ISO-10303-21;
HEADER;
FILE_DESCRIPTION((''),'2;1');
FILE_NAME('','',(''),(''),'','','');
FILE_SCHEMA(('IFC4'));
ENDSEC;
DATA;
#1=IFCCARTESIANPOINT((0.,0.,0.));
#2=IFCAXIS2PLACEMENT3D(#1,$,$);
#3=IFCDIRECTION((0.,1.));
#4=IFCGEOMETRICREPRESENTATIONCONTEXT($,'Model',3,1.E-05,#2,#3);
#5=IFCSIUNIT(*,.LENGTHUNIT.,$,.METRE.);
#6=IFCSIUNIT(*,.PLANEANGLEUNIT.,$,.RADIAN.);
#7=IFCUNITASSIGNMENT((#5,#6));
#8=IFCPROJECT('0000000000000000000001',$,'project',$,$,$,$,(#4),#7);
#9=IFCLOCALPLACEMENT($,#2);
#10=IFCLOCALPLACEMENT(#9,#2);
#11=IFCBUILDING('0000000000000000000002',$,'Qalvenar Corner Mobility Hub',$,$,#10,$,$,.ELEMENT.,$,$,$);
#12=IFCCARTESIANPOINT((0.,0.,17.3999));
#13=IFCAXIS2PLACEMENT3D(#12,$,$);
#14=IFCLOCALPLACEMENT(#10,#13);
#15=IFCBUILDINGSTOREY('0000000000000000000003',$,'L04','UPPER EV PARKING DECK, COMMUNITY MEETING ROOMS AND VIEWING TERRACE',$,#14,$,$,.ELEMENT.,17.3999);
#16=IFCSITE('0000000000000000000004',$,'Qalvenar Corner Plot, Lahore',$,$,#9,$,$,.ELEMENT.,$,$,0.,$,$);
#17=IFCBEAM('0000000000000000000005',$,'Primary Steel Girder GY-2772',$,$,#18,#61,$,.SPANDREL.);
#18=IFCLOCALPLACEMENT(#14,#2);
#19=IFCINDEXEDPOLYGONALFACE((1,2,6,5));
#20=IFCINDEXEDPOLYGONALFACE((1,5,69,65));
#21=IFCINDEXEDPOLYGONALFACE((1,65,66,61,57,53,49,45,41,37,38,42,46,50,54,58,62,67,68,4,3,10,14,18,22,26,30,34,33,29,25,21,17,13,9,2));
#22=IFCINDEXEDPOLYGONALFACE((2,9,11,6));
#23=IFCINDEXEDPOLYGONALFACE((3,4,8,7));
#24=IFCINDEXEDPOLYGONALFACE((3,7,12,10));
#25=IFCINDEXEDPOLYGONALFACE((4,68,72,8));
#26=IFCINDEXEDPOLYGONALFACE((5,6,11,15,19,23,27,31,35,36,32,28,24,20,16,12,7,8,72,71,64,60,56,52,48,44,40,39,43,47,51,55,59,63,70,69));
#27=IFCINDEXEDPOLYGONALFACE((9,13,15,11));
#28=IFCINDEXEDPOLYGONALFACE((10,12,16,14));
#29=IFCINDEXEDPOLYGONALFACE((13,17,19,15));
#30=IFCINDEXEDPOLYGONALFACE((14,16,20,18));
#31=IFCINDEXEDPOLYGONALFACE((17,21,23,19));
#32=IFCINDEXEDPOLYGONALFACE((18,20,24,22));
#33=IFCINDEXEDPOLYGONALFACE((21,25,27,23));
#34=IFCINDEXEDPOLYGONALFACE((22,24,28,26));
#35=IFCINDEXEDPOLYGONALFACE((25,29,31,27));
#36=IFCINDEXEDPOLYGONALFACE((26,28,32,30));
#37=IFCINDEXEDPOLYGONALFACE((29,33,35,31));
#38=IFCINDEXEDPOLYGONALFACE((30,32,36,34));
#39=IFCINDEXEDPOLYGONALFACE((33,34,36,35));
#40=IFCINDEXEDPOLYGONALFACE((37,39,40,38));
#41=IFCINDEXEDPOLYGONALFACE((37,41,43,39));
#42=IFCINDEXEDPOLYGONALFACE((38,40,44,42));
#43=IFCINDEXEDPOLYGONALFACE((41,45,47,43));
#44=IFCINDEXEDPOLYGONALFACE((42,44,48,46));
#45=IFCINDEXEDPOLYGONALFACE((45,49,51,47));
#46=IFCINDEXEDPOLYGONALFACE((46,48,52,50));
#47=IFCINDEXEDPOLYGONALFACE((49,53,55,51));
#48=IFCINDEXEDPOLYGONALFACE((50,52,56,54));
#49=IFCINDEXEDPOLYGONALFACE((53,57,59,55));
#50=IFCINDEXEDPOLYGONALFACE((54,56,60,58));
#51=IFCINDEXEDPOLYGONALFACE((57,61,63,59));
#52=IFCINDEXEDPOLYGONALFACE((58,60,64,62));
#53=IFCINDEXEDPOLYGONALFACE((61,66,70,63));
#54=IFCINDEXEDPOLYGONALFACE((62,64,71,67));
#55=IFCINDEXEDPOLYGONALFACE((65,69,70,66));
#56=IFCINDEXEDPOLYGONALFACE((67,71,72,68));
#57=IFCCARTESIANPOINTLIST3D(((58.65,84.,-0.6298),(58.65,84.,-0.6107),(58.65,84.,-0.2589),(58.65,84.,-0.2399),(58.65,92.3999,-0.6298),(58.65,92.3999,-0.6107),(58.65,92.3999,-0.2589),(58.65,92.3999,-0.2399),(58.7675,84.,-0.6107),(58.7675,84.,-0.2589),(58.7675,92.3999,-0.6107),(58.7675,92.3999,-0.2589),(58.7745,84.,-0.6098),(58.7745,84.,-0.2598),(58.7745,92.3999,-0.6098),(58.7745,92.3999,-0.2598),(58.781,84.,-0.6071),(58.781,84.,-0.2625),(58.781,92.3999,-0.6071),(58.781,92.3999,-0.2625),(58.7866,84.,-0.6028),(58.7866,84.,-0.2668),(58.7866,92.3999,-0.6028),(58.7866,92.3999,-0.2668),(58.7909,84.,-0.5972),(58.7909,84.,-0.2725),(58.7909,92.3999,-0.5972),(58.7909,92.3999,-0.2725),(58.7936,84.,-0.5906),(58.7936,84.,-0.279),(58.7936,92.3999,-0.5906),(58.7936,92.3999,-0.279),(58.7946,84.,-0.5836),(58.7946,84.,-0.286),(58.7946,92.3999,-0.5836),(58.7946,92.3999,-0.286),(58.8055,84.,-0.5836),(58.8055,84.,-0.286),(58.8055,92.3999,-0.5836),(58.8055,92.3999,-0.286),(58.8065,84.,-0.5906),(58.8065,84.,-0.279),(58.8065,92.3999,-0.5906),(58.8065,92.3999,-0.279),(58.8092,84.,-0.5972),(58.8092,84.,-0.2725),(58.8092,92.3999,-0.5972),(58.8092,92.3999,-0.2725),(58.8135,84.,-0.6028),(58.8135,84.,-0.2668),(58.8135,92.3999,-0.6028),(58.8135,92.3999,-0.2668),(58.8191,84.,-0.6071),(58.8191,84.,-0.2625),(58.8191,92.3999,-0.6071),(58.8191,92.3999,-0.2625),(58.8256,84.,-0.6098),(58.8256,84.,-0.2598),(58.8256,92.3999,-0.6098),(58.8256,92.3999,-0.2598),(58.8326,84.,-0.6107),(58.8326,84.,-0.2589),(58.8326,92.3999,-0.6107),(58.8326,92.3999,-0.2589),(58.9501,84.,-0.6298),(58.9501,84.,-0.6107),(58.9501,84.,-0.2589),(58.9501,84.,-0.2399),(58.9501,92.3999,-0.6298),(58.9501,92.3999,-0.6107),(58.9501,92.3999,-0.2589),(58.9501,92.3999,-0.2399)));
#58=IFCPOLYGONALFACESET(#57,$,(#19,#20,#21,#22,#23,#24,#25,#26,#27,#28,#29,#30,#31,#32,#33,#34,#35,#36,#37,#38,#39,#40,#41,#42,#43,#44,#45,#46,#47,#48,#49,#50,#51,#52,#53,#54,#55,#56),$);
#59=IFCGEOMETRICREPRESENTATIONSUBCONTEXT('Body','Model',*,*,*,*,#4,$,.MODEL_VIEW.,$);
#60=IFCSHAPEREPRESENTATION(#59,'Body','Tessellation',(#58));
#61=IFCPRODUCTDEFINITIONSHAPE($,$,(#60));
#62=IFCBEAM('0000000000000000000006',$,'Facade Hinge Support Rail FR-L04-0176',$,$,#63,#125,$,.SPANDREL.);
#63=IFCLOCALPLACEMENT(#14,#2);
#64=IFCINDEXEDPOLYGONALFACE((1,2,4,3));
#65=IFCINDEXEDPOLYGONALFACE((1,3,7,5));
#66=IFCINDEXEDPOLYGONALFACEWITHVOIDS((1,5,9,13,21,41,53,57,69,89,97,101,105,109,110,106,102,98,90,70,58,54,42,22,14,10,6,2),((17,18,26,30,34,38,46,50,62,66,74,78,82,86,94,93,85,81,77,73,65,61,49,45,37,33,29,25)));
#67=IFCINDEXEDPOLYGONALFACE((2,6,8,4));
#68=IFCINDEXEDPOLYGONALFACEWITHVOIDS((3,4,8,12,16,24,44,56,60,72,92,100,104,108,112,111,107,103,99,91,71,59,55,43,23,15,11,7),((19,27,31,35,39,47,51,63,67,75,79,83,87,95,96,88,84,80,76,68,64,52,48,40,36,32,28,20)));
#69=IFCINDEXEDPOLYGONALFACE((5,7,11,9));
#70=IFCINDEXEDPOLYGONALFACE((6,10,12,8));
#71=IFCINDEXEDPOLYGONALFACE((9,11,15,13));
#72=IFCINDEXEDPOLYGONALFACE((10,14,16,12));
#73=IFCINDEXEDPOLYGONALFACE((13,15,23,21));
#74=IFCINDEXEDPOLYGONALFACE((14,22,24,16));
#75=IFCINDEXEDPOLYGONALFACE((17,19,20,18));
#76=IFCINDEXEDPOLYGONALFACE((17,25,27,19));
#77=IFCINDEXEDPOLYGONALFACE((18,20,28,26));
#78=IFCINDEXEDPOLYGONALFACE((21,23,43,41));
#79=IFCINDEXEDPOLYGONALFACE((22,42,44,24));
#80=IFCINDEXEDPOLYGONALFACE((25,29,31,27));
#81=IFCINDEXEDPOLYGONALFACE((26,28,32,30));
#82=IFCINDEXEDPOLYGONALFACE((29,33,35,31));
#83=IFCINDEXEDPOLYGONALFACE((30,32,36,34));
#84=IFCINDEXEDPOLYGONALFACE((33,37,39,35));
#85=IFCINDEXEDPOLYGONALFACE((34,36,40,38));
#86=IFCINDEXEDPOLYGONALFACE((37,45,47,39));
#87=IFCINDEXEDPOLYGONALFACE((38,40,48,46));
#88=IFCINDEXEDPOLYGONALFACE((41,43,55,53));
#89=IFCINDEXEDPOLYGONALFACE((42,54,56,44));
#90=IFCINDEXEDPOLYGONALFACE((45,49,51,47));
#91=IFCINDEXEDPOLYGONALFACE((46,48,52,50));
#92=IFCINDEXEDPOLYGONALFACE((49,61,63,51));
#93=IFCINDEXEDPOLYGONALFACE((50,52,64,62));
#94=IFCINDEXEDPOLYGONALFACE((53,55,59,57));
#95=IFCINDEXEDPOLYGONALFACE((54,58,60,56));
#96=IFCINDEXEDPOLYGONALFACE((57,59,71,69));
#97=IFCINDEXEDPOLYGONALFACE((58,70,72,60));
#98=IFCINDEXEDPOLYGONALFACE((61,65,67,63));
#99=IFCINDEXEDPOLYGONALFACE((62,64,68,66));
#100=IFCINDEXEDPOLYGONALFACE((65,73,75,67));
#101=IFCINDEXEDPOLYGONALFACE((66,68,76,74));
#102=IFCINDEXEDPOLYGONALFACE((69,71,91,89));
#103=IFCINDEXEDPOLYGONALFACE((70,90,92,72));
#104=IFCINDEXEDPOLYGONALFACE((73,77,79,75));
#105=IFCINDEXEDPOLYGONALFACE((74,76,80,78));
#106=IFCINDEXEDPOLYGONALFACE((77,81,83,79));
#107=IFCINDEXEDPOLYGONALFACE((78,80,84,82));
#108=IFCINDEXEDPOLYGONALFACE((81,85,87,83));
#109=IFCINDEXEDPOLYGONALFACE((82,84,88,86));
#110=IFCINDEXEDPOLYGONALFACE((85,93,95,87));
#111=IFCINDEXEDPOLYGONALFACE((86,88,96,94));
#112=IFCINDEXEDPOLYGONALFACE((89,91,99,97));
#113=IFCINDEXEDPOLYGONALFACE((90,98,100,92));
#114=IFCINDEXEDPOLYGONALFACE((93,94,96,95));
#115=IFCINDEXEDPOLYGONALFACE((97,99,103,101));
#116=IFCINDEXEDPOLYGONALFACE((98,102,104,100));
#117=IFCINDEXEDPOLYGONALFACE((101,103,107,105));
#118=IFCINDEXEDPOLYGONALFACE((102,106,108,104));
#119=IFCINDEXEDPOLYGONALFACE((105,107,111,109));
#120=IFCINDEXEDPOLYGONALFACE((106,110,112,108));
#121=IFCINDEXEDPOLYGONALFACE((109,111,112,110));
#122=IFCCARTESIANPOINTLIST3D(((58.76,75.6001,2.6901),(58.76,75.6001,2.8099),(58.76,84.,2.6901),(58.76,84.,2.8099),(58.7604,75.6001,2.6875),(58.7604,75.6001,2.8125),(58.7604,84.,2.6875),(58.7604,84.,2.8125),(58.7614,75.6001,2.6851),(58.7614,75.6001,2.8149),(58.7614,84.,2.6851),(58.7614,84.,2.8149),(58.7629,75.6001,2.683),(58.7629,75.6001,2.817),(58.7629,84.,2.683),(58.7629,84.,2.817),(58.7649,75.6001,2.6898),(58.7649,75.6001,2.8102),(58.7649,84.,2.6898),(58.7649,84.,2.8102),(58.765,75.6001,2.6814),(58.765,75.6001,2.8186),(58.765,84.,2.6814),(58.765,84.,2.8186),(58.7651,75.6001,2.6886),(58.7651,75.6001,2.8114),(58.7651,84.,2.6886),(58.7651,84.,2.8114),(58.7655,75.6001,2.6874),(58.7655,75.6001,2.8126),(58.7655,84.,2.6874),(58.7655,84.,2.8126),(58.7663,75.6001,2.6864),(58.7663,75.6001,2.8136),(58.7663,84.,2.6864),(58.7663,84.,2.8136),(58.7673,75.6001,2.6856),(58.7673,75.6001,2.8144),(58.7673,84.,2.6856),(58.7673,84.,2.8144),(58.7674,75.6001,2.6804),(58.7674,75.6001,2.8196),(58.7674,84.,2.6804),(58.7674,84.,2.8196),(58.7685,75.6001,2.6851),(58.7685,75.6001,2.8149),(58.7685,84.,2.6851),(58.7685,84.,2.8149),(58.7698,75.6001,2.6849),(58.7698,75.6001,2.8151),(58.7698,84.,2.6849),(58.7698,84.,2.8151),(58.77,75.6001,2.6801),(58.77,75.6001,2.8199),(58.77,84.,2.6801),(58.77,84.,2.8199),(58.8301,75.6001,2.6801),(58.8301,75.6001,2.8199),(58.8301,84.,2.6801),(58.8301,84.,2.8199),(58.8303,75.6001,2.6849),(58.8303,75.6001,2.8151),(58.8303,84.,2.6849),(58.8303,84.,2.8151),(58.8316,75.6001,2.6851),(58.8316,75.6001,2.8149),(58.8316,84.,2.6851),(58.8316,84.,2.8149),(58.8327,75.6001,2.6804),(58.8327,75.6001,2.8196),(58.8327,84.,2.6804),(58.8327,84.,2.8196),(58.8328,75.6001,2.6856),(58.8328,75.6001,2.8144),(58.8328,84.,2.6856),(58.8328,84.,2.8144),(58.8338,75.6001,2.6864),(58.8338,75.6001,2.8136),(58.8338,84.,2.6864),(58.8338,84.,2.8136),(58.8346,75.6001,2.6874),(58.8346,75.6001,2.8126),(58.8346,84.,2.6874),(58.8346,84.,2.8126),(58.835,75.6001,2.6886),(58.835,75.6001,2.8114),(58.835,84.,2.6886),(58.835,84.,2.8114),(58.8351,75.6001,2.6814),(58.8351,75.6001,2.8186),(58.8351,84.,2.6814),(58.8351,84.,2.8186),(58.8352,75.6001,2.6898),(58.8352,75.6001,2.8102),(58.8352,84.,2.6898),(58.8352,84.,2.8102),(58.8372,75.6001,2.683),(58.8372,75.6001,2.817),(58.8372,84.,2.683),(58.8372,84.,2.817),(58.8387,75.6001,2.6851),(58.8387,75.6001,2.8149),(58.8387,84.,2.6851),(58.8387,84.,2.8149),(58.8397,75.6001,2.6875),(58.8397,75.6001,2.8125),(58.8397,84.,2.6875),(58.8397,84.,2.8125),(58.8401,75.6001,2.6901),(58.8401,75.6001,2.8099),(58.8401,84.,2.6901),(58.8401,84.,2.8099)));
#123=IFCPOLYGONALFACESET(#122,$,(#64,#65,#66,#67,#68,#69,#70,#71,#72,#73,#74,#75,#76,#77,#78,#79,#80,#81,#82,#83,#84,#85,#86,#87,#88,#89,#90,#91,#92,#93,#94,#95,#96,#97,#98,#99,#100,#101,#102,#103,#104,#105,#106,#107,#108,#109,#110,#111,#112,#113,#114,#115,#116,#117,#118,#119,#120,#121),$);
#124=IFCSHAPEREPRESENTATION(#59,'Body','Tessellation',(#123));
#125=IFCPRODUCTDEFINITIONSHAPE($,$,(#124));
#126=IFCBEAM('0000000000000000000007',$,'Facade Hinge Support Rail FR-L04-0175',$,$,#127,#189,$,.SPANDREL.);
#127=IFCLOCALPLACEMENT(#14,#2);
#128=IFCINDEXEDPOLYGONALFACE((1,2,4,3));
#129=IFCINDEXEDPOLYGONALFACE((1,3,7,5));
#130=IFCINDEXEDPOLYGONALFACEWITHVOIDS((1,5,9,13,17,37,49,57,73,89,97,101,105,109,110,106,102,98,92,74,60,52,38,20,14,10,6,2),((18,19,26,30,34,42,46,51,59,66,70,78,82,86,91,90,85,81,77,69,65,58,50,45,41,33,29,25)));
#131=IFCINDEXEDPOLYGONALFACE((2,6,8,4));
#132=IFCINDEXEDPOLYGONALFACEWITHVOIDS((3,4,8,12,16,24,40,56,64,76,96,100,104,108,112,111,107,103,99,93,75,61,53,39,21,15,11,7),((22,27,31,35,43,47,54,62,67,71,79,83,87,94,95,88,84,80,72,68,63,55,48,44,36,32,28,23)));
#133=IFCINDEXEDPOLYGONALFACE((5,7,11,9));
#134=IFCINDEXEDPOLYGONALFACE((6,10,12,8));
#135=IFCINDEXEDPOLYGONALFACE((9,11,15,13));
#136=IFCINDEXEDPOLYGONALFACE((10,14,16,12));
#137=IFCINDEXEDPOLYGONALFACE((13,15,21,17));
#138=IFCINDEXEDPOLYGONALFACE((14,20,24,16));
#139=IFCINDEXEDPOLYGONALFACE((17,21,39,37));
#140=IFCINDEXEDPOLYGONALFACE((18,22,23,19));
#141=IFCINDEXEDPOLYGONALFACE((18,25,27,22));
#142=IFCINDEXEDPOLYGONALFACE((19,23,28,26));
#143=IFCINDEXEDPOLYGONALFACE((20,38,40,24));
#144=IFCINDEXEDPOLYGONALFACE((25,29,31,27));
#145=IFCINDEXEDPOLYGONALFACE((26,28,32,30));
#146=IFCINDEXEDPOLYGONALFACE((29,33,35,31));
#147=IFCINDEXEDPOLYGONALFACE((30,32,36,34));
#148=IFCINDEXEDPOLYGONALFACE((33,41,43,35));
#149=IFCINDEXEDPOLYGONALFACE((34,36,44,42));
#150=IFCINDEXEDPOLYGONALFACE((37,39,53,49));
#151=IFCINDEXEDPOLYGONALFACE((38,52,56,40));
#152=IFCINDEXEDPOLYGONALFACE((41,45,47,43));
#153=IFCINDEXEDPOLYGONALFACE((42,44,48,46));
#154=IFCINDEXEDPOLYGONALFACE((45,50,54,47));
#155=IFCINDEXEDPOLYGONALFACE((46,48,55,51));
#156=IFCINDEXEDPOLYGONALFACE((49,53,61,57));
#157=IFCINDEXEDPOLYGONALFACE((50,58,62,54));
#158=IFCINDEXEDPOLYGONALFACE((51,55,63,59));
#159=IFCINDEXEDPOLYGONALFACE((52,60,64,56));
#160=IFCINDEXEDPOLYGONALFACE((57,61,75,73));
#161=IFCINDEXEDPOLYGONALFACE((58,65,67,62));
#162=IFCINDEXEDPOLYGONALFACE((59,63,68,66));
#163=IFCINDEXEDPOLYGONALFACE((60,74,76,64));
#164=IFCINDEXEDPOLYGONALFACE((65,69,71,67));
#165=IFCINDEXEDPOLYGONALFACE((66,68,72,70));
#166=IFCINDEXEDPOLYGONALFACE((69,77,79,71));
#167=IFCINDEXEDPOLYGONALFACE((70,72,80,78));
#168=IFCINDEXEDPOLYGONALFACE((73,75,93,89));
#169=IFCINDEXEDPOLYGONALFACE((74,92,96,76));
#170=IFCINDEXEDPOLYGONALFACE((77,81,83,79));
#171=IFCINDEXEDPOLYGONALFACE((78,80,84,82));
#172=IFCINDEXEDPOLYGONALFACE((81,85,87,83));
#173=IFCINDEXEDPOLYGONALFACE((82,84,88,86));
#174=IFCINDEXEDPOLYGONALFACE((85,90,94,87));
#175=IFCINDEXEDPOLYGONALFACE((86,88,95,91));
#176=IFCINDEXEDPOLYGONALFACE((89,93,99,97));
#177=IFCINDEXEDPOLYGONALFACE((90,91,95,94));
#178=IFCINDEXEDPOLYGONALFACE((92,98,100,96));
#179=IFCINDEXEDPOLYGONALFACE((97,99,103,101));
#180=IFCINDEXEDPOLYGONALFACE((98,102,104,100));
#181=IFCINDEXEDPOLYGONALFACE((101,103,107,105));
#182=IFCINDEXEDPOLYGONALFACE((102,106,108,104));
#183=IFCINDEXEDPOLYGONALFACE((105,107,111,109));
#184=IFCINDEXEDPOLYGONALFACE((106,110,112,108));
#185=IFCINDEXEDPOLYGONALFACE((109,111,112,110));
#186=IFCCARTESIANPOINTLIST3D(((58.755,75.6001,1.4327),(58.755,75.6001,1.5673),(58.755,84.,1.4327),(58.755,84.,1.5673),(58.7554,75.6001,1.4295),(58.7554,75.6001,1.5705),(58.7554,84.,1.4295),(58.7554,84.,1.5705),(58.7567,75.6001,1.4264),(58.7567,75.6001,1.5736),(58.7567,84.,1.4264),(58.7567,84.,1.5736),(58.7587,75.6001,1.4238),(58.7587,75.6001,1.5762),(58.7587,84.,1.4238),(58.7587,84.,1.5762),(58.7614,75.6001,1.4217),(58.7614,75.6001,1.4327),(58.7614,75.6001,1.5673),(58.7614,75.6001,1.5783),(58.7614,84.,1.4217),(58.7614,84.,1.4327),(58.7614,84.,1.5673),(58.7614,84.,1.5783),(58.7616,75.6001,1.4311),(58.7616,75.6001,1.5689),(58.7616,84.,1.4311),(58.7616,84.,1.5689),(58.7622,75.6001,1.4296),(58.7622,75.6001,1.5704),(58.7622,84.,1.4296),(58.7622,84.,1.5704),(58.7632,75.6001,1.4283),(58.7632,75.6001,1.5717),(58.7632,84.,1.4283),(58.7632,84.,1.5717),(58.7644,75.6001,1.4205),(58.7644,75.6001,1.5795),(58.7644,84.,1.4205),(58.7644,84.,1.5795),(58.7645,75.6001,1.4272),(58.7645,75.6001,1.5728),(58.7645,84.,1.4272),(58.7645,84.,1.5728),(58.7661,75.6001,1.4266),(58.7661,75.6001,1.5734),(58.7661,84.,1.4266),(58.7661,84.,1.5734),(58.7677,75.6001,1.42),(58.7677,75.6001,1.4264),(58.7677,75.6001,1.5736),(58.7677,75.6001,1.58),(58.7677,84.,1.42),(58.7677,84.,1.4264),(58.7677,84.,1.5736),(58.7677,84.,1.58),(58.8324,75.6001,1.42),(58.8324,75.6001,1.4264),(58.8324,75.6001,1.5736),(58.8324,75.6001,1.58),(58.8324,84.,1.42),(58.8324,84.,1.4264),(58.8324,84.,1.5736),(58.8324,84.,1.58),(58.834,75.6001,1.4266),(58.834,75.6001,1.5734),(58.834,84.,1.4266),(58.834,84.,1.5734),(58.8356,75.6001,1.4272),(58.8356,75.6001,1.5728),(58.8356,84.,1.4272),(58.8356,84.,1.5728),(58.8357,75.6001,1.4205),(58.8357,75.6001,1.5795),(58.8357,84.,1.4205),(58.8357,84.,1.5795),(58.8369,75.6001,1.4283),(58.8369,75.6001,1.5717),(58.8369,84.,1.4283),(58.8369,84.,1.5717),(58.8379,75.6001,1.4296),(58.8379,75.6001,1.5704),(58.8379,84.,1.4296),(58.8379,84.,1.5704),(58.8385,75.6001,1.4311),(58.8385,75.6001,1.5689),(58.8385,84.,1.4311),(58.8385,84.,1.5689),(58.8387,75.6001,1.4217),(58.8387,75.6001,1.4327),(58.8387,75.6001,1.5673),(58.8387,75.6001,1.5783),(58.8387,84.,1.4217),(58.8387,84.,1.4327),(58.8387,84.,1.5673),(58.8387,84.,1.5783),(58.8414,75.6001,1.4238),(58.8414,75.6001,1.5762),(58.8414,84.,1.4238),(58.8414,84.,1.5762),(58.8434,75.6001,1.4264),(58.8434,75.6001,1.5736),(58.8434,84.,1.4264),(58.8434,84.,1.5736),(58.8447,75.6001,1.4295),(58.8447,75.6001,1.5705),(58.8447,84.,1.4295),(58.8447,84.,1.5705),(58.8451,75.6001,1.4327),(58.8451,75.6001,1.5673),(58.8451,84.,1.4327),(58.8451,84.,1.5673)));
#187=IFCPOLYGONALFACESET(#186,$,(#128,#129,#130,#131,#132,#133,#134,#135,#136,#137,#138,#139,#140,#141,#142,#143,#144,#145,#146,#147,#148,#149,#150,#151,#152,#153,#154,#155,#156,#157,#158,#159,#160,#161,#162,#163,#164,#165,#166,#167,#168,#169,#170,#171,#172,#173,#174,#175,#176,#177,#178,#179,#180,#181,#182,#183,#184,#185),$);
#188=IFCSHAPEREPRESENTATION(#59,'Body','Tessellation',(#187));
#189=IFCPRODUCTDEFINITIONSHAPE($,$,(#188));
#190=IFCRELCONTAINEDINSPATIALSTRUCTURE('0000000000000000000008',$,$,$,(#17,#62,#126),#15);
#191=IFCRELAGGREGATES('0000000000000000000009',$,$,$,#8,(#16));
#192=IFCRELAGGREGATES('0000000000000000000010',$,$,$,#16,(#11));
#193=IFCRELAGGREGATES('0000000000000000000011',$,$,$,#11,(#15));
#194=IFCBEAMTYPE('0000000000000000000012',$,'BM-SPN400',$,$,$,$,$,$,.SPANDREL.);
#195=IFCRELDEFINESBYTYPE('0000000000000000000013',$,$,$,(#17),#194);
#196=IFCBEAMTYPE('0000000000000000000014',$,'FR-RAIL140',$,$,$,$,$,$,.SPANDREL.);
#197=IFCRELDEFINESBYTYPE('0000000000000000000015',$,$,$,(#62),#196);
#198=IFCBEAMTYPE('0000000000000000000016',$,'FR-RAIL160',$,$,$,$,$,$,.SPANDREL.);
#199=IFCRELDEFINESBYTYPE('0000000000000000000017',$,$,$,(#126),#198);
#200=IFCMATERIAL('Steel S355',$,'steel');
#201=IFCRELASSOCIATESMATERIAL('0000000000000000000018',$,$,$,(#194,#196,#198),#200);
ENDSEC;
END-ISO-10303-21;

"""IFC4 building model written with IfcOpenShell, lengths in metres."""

from ifc_helpers import new_model, si_unit, direction, frame, origin, origin_2d, place, context, subcontext, project, spatial, hollow_rectangle, i_section, extrude, material, material_profile, profile_set, type_object, element, save


model = new_model("IFC4")

# Units and contexts
model_context = context("Model", 3, precision=1e-05, world=origin(), true_north=direction((0.0, 1.0)))
body_context = subcontext(model_context, "Body", "Model", "MODEL_VIEW")
ifc_project = project(units=[si_unit("LENGTHUNIT", "METRE"), si_unit("PLANEANGLEUNIT", "RADIAN")], contexts=[model_context])

# Site, building, storey
site_placement = place(None, origin())
site = spatial("IfcSite", under=ifc_project, at=site_placement, Name="Qalvenar Corner Plot, Lahore", CompositionType="ELEMENT", RefElevation=0.0)
building_placement = place(site_placement, origin())
building = spatial("IfcBuilding", under=site, at=building_placement, Name="Qalvenar Corner Mobility Hub", CompositionType="ELEMENT")
storey_placement = place(building_placement, frame((0.0, 0.0, 17.3999)))
storey = spatial("IfcBuildingStorey", under=building, at=storey_placement, Name="L04", Description="UPPER EV PARKING DECK, COMMUNITY MEETING ROOMS AND VIEWING TERRACE", CompositionType="ELEMENT", Elevation=17.3999)

# Beams
ifc_material_1 = material(Name="Steel S355", Category="steel")
ifc_material_profile_1 = material_profile(ifc_material_1, i_section(OverallWidth=0.3, OverallDepth=0.3899, WebThickness=0.011, FlangeThickness=0.019, FilletRadius=0.0271, at=origin_2d()), Name="HEA400")
ifc_profile_set_1 = profile_set([ifc_material_profile_1], Name="Steel S355")
beam_type_1 = type_object("IfcBeamType", Name="BM-SPN400", PredefinedType="SPANDREL", material=ifc_profile_set_1)
beam_1_placement = place(storey_placement, frame((58.8, 84.0, -0.4348), z_axis=(0.0, 1.0, 0.0), x_axis=(-1.0, 0.0, 0.0)))
element("IfcBeam", 1, at=beam_1_placement, inside=storey, type_object=beam_type_1, Name="Primary Steel Girder GY-2772", PredefinedType="SPANDREL", context=body_context, shape_type="SweptSolid", body=[
    extrude(i_section(OverallWidth=0.3, OverallDepth=0.3899, WebThickness=0.011, FlangeThickness=0.019, FilletRadius=0.0271, at=origin_2d()), origin(), (0.0, 0.0, 1.0), 8.3999),
])
ifc_material_profile_2 = material_profile(ifc_material_1, hollow_rectangle(XDim=0.0801, YDim=0.1399, WallThickness=0.0049, InnerFilletRadius=0.0049, OuterFilletRadius=0.01, at=origin_2d()), Name="RHS140x80x5")
ifc_profile_set_2 = profile_set([ifc_material_profile_2], Name="Steel S355")
beam_type_2 = type_object("IfcBeamType", Name="FR-RAIL140", PredefinedType="SPANDREL", material=ifc_profile_set_2)
beam_2_placement = place(storey_placement, frame((58.8, 84.0, 2.75), z_axis=(0.0, -1.0, 0.0), x_axis=(1.0, 0.0, 0.0)))
element("IfcBeam", 2, at=beam_2_placement, inside=storey, type_object=beam_type_2, Name="Facade Hinge Support Rail FR-L04-0176", PredefinedType="SPANDREL", context=body_context, shape_type="SweptSolid", body=[
    extrude(hollow_rectangle(XDim=0.0801, YDim=0.1399, WallThickness=0.0049, InnerFilletRadius=0.0049, OuterFilletRadius=0.01, at=origin_2d()), origin(), (0.0, 0.0, 1.0), 8.3999),
])
ifc_material_profile_3 = material_profile(ifc_material_1, hollow_rectangle(XDim=0.0901, YDim=0.1599, WallThickness=0.0063, InnerFilletRadius=0.0063, OuterFilletRadius=0.0127, at=origin_2d()), Name="RHS160x90x6.3")
ifc_profile_set_3 = profile_set([ifc_material_profile_3], Name="Steel S355")
beam_type_3 = type_object("IfcBeamType", Name="FR-RAIL160", PredefinedType="SPANDREL", material=ifc_profile_set_3)
beam_3_placement = place(storey_placement, frame((58.8, 84.0, 1.5), z_axis=(0.0, -1.0, 0.0), x_axis=(1.0, 0.0, 0.0)))
element("IfcBeam", 3, at=beam_3_placement, inside=storey, type_object=beam_type_3, Name="Facade Hinge Support Rail FR-L04-0175", PredefinedType="SPANDREL", context=body_context, shape_type="SweptSolid", body=[
    extrude(hollow_rectangle(XDim=0.0901, YDim=0.1599, WallThickness=0.0063, InnerFilletRadius=0.0063, OuterFilletRadius=0.0127, at=origin_2d()), origin(), (0.0, 0.0, 1.0), 8.3999),
])

save(model, "model.ifc")
